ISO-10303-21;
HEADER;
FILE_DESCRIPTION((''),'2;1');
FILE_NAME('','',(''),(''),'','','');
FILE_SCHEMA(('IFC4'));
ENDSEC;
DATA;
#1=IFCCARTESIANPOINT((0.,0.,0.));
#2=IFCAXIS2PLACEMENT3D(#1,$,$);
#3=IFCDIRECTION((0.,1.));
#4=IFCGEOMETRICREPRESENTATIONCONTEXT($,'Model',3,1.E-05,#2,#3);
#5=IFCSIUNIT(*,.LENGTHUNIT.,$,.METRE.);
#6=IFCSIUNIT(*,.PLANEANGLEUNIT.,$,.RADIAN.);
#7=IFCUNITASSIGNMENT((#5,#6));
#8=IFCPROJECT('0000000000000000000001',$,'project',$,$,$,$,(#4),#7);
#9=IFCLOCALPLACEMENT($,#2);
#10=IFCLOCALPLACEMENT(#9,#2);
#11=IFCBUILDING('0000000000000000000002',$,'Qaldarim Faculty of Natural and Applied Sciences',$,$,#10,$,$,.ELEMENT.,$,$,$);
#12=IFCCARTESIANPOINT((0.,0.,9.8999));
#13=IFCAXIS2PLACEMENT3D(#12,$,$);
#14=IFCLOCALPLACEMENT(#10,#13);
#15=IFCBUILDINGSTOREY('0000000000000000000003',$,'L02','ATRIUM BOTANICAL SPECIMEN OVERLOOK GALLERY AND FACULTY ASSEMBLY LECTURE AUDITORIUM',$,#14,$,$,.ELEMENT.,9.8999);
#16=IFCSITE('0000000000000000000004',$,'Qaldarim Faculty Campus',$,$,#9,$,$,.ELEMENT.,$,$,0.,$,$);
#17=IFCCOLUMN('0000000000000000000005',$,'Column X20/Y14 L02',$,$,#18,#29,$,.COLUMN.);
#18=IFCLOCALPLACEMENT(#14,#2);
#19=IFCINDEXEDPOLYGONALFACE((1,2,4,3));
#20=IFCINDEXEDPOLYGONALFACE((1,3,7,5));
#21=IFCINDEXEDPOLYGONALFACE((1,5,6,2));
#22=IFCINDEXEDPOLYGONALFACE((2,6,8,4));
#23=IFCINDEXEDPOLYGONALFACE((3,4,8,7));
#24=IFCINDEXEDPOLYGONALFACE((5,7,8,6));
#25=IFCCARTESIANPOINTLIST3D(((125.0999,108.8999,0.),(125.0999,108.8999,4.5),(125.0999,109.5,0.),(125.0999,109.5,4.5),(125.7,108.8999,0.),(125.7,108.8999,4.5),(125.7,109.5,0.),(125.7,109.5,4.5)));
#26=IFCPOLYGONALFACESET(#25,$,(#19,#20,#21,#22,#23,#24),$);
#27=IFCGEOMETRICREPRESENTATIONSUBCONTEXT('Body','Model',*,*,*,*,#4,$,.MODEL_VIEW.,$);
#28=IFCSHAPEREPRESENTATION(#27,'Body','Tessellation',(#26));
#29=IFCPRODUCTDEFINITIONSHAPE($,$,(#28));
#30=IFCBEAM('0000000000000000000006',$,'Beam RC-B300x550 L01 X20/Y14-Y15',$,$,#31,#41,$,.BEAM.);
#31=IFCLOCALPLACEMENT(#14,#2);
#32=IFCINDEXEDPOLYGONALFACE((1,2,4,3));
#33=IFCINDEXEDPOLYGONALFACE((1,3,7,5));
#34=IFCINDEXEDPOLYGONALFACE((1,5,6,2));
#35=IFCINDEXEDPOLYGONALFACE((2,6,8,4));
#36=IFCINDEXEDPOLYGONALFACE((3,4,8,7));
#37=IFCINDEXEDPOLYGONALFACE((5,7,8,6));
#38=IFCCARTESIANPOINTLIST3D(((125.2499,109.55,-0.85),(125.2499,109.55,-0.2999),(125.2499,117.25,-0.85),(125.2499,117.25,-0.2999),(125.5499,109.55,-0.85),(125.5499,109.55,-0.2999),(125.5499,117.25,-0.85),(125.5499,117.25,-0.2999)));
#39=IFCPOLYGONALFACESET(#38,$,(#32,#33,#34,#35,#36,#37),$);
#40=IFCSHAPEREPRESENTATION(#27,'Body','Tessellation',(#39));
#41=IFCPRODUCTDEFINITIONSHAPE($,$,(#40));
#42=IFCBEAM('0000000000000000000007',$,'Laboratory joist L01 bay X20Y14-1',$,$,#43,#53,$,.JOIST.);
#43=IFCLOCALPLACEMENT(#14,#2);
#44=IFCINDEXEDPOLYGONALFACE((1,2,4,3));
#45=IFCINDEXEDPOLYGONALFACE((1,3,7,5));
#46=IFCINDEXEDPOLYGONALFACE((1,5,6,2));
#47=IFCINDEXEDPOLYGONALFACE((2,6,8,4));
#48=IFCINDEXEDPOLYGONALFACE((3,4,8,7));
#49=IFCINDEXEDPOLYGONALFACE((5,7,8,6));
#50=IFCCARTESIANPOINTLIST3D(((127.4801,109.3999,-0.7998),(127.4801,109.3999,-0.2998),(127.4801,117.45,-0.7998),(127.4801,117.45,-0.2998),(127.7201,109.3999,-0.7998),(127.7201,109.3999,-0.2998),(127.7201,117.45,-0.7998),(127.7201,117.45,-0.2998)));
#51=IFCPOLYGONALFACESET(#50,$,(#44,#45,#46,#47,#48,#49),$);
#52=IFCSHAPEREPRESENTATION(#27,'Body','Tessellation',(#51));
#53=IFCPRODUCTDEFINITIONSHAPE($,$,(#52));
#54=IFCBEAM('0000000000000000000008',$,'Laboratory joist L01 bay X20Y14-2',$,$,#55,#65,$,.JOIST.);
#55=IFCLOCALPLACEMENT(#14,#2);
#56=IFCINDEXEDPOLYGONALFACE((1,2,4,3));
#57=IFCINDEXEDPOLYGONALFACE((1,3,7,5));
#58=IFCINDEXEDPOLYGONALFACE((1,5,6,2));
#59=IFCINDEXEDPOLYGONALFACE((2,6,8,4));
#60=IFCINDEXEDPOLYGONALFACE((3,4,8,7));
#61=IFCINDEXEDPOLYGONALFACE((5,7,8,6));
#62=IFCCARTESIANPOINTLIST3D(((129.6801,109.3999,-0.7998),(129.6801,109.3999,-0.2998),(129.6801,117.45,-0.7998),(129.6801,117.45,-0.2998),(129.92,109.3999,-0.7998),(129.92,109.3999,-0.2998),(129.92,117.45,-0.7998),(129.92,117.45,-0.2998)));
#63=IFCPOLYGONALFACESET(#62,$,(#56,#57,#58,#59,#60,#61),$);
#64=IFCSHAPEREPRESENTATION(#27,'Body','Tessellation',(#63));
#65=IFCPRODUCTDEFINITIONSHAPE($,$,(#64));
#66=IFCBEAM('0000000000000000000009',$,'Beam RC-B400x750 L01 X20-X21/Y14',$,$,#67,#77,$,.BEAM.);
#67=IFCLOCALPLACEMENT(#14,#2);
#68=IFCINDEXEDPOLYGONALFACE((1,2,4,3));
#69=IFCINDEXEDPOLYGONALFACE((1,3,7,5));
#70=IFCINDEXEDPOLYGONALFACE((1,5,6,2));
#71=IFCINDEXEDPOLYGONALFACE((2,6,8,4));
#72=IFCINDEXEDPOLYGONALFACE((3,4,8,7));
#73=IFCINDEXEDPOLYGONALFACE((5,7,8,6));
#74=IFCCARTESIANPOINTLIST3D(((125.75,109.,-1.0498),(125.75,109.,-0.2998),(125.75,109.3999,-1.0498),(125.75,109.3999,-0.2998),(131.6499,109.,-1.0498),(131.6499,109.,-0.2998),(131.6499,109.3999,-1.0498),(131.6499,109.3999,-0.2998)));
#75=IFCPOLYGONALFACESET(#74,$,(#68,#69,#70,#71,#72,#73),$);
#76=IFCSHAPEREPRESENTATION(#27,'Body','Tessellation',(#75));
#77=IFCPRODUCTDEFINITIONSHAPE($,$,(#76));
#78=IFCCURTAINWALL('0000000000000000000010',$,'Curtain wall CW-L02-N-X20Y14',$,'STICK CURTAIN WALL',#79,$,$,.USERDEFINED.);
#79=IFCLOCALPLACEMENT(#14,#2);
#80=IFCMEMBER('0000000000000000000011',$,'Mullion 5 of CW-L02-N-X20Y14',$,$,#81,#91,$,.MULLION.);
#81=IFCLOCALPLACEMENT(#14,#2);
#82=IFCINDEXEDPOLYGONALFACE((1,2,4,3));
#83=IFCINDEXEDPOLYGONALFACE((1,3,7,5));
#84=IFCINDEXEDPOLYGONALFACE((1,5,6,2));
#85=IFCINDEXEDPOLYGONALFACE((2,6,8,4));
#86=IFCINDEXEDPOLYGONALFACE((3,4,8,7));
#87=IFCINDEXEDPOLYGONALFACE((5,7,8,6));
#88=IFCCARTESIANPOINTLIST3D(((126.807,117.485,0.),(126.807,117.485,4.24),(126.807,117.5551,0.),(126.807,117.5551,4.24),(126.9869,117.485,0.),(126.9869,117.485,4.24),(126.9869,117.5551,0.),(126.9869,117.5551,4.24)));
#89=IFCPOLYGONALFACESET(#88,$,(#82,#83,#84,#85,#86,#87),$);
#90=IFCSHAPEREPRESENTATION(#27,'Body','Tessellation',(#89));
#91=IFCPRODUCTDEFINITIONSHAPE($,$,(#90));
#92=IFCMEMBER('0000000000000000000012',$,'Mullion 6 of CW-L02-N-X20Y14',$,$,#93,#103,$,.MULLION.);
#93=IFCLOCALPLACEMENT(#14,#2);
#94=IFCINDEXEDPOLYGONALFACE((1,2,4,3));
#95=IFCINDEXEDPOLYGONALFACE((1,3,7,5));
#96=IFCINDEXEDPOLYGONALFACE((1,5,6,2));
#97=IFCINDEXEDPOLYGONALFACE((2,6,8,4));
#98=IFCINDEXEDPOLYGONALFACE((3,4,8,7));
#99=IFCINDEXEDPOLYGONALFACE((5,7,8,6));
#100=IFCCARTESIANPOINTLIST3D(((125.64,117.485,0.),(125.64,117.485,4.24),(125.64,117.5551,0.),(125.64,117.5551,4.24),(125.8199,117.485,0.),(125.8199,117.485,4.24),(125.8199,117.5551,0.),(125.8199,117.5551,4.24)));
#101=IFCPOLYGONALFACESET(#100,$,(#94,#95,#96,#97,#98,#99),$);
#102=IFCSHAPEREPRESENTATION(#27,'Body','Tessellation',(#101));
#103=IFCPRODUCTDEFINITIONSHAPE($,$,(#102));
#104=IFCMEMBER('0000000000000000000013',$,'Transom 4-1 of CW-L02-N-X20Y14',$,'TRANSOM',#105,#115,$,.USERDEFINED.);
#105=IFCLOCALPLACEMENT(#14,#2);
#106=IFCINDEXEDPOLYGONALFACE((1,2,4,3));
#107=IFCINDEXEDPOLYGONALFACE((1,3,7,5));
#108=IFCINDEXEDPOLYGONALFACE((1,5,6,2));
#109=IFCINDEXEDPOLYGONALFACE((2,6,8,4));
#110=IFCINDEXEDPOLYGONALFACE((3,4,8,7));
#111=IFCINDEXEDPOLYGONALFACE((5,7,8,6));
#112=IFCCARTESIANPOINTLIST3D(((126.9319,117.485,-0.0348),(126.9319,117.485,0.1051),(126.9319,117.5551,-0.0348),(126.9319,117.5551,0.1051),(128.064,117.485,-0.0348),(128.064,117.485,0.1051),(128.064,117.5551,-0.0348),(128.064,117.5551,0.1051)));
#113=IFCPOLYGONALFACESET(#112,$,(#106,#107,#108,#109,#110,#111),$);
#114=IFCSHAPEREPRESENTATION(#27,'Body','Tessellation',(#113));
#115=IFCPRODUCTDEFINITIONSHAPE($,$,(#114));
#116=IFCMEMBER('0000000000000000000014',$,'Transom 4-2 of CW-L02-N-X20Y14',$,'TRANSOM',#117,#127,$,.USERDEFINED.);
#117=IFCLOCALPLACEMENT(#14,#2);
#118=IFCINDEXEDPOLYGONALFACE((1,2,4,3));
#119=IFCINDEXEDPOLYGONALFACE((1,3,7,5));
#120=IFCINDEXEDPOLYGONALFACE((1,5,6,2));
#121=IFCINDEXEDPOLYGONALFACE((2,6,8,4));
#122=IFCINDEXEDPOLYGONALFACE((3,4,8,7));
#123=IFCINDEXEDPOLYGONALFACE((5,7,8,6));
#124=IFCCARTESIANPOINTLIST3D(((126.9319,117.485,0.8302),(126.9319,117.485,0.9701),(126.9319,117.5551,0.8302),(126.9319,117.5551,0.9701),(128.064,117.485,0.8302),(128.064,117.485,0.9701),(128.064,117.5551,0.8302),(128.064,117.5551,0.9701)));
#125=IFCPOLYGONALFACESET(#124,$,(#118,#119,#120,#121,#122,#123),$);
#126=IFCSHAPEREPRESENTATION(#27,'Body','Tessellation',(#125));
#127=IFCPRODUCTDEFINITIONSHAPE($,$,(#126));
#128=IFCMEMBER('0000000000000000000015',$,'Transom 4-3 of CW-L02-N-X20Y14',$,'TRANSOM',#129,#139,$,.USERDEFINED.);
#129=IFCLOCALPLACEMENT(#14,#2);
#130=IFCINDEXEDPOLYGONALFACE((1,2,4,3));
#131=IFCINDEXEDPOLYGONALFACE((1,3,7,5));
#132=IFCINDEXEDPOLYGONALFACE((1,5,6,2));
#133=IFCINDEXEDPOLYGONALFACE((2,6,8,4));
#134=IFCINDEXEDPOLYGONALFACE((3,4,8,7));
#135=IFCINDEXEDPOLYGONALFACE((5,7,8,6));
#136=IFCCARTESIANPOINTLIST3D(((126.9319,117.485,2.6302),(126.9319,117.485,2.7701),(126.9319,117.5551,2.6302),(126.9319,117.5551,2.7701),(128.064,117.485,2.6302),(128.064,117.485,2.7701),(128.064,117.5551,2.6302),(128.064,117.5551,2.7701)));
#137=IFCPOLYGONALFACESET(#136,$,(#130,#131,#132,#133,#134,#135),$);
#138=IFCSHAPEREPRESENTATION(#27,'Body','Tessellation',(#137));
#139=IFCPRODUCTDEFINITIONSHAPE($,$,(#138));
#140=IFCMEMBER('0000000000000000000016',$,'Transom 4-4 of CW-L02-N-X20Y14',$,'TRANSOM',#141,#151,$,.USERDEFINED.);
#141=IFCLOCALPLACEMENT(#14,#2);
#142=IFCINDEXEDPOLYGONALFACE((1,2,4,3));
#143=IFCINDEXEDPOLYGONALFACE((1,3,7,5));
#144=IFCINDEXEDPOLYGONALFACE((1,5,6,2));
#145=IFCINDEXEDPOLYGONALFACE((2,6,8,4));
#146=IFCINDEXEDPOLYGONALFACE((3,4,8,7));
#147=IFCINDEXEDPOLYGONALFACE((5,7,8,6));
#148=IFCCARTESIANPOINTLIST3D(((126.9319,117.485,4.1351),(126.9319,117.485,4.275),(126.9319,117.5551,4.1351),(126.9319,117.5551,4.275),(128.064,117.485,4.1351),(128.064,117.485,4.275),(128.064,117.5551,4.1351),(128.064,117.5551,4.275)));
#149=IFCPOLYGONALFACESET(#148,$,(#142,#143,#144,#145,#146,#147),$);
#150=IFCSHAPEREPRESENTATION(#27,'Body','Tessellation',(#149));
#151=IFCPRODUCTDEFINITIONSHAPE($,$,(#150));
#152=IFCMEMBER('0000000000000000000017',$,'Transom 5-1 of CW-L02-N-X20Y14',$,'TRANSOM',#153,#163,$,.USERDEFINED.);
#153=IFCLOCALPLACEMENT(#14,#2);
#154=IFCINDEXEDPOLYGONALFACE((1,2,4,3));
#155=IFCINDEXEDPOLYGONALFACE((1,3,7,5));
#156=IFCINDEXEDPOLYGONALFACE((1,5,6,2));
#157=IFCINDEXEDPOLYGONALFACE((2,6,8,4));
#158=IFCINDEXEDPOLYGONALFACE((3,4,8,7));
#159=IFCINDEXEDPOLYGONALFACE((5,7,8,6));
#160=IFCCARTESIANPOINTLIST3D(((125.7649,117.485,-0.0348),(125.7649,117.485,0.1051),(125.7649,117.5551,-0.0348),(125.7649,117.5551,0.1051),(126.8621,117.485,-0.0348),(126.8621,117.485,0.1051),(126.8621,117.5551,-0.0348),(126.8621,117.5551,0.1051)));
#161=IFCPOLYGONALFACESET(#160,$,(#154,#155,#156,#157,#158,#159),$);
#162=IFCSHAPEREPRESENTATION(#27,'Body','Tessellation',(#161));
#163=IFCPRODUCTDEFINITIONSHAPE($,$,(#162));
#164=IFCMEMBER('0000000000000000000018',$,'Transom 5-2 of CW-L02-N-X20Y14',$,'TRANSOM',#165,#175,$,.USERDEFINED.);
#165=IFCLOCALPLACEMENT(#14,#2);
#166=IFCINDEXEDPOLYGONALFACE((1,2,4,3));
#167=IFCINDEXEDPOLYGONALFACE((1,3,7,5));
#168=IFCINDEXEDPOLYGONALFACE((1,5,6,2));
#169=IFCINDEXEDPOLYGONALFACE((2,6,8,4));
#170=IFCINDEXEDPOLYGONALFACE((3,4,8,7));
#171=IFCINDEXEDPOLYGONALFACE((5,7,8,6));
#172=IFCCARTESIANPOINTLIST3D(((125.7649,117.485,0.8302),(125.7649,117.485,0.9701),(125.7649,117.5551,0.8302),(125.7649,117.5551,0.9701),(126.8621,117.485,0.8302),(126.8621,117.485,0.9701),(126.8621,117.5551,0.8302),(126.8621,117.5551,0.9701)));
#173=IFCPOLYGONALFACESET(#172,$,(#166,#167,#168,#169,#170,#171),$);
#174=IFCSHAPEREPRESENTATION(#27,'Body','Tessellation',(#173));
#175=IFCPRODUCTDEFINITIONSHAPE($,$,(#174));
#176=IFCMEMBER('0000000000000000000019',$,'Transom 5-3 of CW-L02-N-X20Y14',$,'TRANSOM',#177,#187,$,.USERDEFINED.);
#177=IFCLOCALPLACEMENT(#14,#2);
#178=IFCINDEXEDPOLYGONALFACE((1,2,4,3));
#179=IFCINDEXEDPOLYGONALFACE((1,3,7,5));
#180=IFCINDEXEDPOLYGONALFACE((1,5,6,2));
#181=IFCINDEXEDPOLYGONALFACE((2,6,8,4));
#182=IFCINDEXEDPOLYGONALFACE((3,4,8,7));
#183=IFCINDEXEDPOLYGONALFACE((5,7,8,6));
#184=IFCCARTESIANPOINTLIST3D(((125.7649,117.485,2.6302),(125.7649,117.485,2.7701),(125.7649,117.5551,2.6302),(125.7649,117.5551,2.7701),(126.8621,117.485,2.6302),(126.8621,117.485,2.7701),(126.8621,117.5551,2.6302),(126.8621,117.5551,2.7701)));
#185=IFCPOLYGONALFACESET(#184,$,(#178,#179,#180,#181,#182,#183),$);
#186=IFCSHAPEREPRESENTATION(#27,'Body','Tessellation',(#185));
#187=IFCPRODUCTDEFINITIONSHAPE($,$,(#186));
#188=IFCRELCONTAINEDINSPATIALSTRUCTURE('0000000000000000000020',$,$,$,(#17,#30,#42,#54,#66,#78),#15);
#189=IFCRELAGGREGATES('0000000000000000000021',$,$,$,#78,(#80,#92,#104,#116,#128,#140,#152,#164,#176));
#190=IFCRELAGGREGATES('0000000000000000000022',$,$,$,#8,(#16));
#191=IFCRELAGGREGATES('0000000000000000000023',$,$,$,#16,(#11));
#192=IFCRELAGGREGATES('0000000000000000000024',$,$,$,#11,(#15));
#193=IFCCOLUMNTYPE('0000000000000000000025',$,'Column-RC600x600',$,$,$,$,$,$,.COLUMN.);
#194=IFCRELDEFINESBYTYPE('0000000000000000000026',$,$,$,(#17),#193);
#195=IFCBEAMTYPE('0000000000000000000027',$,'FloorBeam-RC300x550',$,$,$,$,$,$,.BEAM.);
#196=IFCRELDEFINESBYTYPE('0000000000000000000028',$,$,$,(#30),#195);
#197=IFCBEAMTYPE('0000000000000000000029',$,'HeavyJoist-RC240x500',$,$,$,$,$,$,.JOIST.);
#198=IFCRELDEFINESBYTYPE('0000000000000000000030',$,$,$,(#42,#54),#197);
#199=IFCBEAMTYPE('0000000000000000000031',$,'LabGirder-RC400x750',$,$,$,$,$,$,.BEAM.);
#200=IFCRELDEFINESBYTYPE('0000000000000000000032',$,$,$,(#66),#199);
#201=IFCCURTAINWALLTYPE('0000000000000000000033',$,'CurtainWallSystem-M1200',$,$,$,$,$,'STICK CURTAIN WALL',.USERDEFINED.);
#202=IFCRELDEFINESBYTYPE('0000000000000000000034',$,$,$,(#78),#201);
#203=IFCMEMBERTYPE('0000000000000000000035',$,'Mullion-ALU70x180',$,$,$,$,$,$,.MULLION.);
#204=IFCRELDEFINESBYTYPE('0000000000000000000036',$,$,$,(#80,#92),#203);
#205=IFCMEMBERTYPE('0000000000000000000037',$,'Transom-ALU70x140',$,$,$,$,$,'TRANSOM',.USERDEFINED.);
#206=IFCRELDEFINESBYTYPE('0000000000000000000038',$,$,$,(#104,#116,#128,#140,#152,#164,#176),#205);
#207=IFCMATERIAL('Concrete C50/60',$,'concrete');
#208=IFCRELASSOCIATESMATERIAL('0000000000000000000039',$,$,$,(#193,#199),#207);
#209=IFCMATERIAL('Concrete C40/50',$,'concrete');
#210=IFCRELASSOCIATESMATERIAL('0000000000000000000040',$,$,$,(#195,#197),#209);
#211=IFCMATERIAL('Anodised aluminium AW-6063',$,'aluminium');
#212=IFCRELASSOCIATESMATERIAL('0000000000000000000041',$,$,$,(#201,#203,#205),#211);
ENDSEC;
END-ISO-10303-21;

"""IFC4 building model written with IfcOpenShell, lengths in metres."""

from ifc_helpers import new_model, si_unit, direction, frame, origin, origin_2d, place, context, subcontext, project, spatial, rectangle, extrude, material, material_profile, profile_set, type_object, element, aggregate, save


model = new_model("IFC4")

# Units and contexts
model_context = context("Model", 3, precision=1e-05, world=origin(), true_north=direction((0.0, 1.0)))
body_context = subcontext(model_context, "Body", "Model", "MODEL_VIEW")
ifc_project = project(units=[si_unit("LENGTHUNIT", "METRE"), si_unit("PLANEANGLEUNIT", "RADIAN")], contexts=[model_context])

# Site, building, storey
site_placement = place(None, origin())
site = spatial("IfcSite", under=ifc_project, at=site_placement, Name="Qaldarim Faculty Campus", CompositionType="ELEMENT", RefElevation=0.0)
building_placement = place(site_placement, origin())
building = spatial("IfcBuilding", under=site, at=building_placement, Name="Qaldarim Faculty of Natural and Applied Sciences", CompositionType="ELEMENT")
storey_placement = place(building_placement, frame((0.0, 0.0, 9.8999)))
storey = spatial("IfcBuildingStorey", under=building, at=storey_placement, Name="L02", Description="ATRIUM BOTANICAL SPECIMEN OVERLOOK GALLERY AND FACULTY ASSEMBLY LECTURE AUDITORIUM", CompositionType="ELEMENT", Elevation=9.8999)

# Column
ifc_material_1 = material(Name="Concrete C50/60", Category="concrete")
ifc_material_profile_1 = material_profile(ifc_material_1, rectangle(XDim=0.6001, YDim=0.6001, at=origin_2d()), Name="RC-C600x600")
ifc_profile_set_1 = profile_set([ifc_material_profile_1], Name="Concrete C50/60")
column_type = type_object("IfcColumnType", Name="Column-RC600x600", PredefinedType="COLUMN", material=ifc_profile_set_1)
column_placement = place(storey_placement, frame((125.3999, 109.2, 0.0), z_axis=(0.0, 0.0, 1.0), x_axis=(1.0, 0.0, 0.0)))
element("IfcColumn", 1, at=column_placement, inside=storey, type_object=column_type, Name="Column X20/Y14 L02", PredefinedType="COLUMN", context=body_context, shape_type="SweptSolid", body=[
    extrude(rectangle(XDim=0.6001, YDim=0.6001, at=origin_2d()), origin(), (0.0, 0.0, 1.0), 4.5),
])

# Beams
ifc_material_2 = material(Name="Concrete C40/50", Category="concrete")
ifc_material_profile_2 = material_profile(ifc_material_2, rectangle(XDim=0.3, YDim=0.55, at=origin_2d()), Name="RC-B300x550")
ifc_profile_set_2 = profile_set([ifc_material_profile_2], Name="Concrete C40/50")
beam_type_1 = type_object("IfcBeamType", Name="FloorBeam-RC300x550", PredefinedType="BEAM", material=ifc_profile_set_2)
beam_1_placement = place(storey_placement, frame((125.3999, 109.55, -0.575), z_axis=(0.0, 1.0, 0.0), x_axis=(-1.0, 0.0, 0.0)))
element("IfcBeam", 2, at=beam_1_placement, inside=storey, type_object=beam_type_1, Name="Beam RC-B300x550 L01 X20/Y14-Y15", PredefinedType="BEAM", context=body_context, shape_type="SweptSolid", body=[
    extrude(rectangle(XDim=0.3, YDim=0.55, at=origin_2d()), origin(), (0.0, 0.0, 1.0), 7.7),
])
ifc_material_profile_3 = material_profile(ifc_material_2, rectangle(XDim=0.24, YDim=0.5, at=origin_2d()), Name="RC-J240x500")
ifc_profile_set_3 = profile_set([ifc_material_profile_3], Name="Concrete C40/50")
beam_type_2 = type_object("IfcBeamType", Name="HeavyJoist-RC240x500", PredefinedType="JOIST", material=ifc_profile_set_3)
for number, where, z_axis, x_axis, name in (
    (3, (127.6001, 109.3999, -0.5498), (0.0, 1.0, 0.0), (-1.0, 0.0, 0.0), "Laboratory joist L01 bay X20Y14-1"),
    (4, (129.8, 109.3999, -0.5498), (0.0, 1.0, 0.0), (-1.0, 0.0, 0.0), "Laboratory joist L01 bay X20Y14-2"),
):
    element("IfcBeam", number, at=place(storey_placement, frame(where, z_axis=z_axis, x_axis=x_axis)), inside=storey, type_object=beam_type_2, Name=name, PredefinedType="JOIST", context=body_context, shape_type="SweptSolid", body=[
        extrude(rectangle(XDim=0.24, YDim=0.5, at=origin_2d()), origin(), (0.0, 0.0, 1.0), 8.05),
    ])
ifc_material_profile_4 = material_profile(ifc_material_1, rectangle(XDim=0.3999, YDim=0.75, at=origin_2d()), Name="RC-B400x750")
ifc_profile_set_4 = profile_set([ifc_material_profile_4], Name="Concrete C50/60")
beam_type_3 = type_object("IfcBeamType", Name="LabGirder-RC400x750", PredefinedType="BEAM", material=ifc_profile_set_4)
beam_2_placement = place(storey_placement, frame((125.75, 109.2, -0.6748), z_axis=(1.0, 0.0, 0.0), x_axis=(0.0, 1.0, 0.0)))
element("IfcBeam", 5, at=beam_2_placement, inside=storey, type_object=beam_type_3, Name="Beam RC-B400x750 L01 X20-X21/Y14", PredefinedType="BEAM", context=body_context, shape_type="SweptSolid", body=[
    extrude(rectangle(XDim=0.3999, YDim=0.75, at=origin_2d()), origin(), (0.0, 0.0, 1.0), 5.8999),
])

# Curtain wall, members
ifc_material_3 = material(Name="Anodised aluminium AW-6063", Category="aluminium")
curtain_wall_type = type_object("IfcCurtainWallType", Name="CurtainWallSystem-M1200", ElementType="STICK CURTAIN WALL", PredefinedType="USERDEFINED", material=ifc_material_3)
curtain_wall_placement = place(storey_placement, origin())
curtain_wall = element("IfcCurtainWall", 6, at=curtain_wall_placement, inside=storey, type_object=curtain_wall_type, Name="Curtain wall CW-L02-N-X20Y14", ObjectType="STICK CURTAIN WALL", PredefinedType="USERDEFINED")
ifc_material_profile_5 = material_profile(ifc_material_3, rectangle(XDim=0.0701, YDim=0.1799, at=origin_2d()), Name="ALU-M70x180")
ifc_profile_set_5 = profile_set([ifc_material_profile_5], Name="Anodised aluminium AW-6063")
member_type_1 = type_object("IfcMemberType", Name="Mullion-ALU70x180", PredefinedType="MULLION", material=ifc_profile_set_5)
member_1_placement = place(storey_placement, frame((126.897, 117.52, 0.0), z_axis=(0.0, 0.0, 1.0), x_axis=(0.0, -1.0, 0.0)))
member_1 = element("IfcMember", 7, at=member_1_placement, type_object=member_type_1, Name="Mullion 5 of CW-L02-N-X20Y14", PredefinedType="MULLION", context=body_context, shape_type="SweptSolid", body=[
    extrude(rectangle(XDim=0.0701, YDim=0.1799, at=origin_2d()), origin(), (0.0, 0.0, 1.0), 4.24),
])
member_2_placement = place(storey_placement, frame((125.73, 117.52, 0.0), z_axis=(0.0, 0.0, 1.0), x_axis=(0.0, -1.0, 0.0)))
member_2 = element("IfcMember", 8, at=member_2_placement, type_object=member_type_1, Name="Mullion 6 of CW-L02-N-X20Y14", PredefinedType="MULLION", context=body_context, shape_type="SweptSolid", body=[
    extrude(rectangle(XDim=0.0701, YDim=0.1799, at=origin_2d()), origin(), (0.0, 0.0, 1.0), 4.24),
])
ifc_material_profile_6 = material_profile(ifc_material_3, rectangle(XDim=0.0701, YDim=0.1399, at=origin_2d()), Name="ALU-T70x140")
ifc_profile_set_6 = profile_set([ifc_material_profile_6], Name="Anodised aluminium AW-6063")
member_type_2 = type_object("IfcMemberType", Name="Transom-ALU70x140", ElementType="TRANSOM", PredefinedType="USERDEFINED", material=ifc_profile_set_6)
member_3_placement = place(storey_placement, frame((128.064, 117.52, 0.0352), z_axis=(-1.0, 0.0, 0.0), x_axis=(0.0, -1.0, 0.0)))
member_3 = element("IfcMember", 9, at=member_3_placement, type_object=member_type_2, Name="Transom 4-1 of CW-L02-N-X20Y14", ObjectType="TRANSOM", PredefinedType="USERDEFINED", context=body_context, shape_type="SweptSolid", body=[
    extrude(rectangle(XDim=0.0701, YDim=0.1399, at=origin_2d()), origin(), (0.0, 0.0, 1.0), 1.1321),
])
member_4_placement = place(storey_placement, frame((128.064, 117.52, 0.9001), z_axis=(-1.0, 0.0, 0.0), x_axis=(0.0, -1.0, 0.0)))
member_4 = element("IfcMember", 10, at=member_4_placement, type_object=member_type_2, Name="Transom 4-2 of CW-L02-N-X20Y14", ObjectType="TRANSOM", PredefinedType="USERDEFINED", context=body_context, shape_type="SweptSolid", body=[
    extrude(rectangle(XDim=0.0701, YDim=0.1399, at=origin_2d()), origin(), (0.0, 0.0, 1.0), 1.1321),
])
member_5_placement = place(storey_placement, frame((128.064, 117.52, 2.7002), z_axis=(-1.0, 0.0, 0.0), x_axis=(0.0, -1.0, 0.0)))
member_5 = element("IfcMember", 11, at=member_5_placement, type_object=member_type_2, Name="Transom 4-3 of CW-L02-N-X20Y14", ObjectType="TRANSOM", PredefinedType="USERDEFINED", context=body_context, shape_type="SweptSolid", body=[
    extrude(rectangle(XDim=0.0701, YDim=0.1399, at=origin_2d()), origin(), (0.0, 0.0, 1.0), 1.1321),
])
member_6_placement = place(storey_placement, frame((128.064, 117.52, 4.2051), z_axis=(-1.0, 0.0, 0.0), x_axis=(0.0, -1.0, 0.0)))
member_6 = element("IfcMember", 12, at=member_6_placement, type_object=member_type_2, Name="Transom 4-4 of CW-L02-N-X20Y14", ObjectType="TRANSOM", PredefinedType="USERDEFINED", context=body_context, shape_type="SweptSolid", body=[
    extrude(rectangle(XDim=0.0701, YDim=0.1399, at=origin_2d()), origin(), (0.0, 0.0, 1.0), 1.1321),
])
member_7_placement = place(storey_placement, frame((126.8621, 117.52, 0.0352), z_axis=(-1.0, 0.0, 0.0), x_axis=(0.0, -1.0, 0.0)))
member_7 = element("IfcMember", 13, at=member_7_placement, type_object=member_type_2, Name="Transom 5-1 of CW-L02-N-X20Y14", ObjectType="TRANSOM", PredefinedType="USERDEFINED", context=body_context, shape_type="SweptSolid", body=[
    extrude(rectangle(XDim=0.0701, YDim=0.1399, at=origin_2d()), origin(), (0.0, 0.0, 1.0), 1.0972),
])
member_8_placement = place(storey_placement, frame((126.8621, 117.52, 0.9001), z_axis=(-1.0, 0.0, 0.0), x_axis=(0.0, -1.0, 0.0)))
member_8 = element("IfcMember", 14, at=member_8_placement, type_object=member_type_2, Name="Transom 5-2 of CW-L02-N-X20Y14", ObjectType="TRANSOM", PredefinedType="USERDEFINED", context=body_context, shape_type="SweptSolid", body=[
    extrude(rectangle(XDim=0.0701, YDim=0.1399, at=origin_2d()), origin(), (0.0, 0.0, 1.0), 1.0972),
])
member_9_placement = place(storey_placement, frame((126.8621, 117.52, 2.7002), z_axis=(-1.0, 0.0, 0.0), x_axis=(0.0, -1.0, 0.0)))
member_9 = element("IfcMember", 15, at=member_9_placement, type_object=member_type_2, Name="Transom 5-3 of CW-L02-N-X20Y14", ObjectType="TRANSOM", PredefinedType="USERDEFINED", context=body_context, shape_type="SweptSolid", body=[
    extrude(rectangle(XDim=0.0701, YDim=0.1399, at=origin_2d()), origin(), (0.0, 0.0, 1.0), 1.0972),
])
aggregate(curtain_wall, [member_1, member_2, member_3, member_4, member_5, member_6, member_7, member_8, member_9])

save(model, "model.ifc")
